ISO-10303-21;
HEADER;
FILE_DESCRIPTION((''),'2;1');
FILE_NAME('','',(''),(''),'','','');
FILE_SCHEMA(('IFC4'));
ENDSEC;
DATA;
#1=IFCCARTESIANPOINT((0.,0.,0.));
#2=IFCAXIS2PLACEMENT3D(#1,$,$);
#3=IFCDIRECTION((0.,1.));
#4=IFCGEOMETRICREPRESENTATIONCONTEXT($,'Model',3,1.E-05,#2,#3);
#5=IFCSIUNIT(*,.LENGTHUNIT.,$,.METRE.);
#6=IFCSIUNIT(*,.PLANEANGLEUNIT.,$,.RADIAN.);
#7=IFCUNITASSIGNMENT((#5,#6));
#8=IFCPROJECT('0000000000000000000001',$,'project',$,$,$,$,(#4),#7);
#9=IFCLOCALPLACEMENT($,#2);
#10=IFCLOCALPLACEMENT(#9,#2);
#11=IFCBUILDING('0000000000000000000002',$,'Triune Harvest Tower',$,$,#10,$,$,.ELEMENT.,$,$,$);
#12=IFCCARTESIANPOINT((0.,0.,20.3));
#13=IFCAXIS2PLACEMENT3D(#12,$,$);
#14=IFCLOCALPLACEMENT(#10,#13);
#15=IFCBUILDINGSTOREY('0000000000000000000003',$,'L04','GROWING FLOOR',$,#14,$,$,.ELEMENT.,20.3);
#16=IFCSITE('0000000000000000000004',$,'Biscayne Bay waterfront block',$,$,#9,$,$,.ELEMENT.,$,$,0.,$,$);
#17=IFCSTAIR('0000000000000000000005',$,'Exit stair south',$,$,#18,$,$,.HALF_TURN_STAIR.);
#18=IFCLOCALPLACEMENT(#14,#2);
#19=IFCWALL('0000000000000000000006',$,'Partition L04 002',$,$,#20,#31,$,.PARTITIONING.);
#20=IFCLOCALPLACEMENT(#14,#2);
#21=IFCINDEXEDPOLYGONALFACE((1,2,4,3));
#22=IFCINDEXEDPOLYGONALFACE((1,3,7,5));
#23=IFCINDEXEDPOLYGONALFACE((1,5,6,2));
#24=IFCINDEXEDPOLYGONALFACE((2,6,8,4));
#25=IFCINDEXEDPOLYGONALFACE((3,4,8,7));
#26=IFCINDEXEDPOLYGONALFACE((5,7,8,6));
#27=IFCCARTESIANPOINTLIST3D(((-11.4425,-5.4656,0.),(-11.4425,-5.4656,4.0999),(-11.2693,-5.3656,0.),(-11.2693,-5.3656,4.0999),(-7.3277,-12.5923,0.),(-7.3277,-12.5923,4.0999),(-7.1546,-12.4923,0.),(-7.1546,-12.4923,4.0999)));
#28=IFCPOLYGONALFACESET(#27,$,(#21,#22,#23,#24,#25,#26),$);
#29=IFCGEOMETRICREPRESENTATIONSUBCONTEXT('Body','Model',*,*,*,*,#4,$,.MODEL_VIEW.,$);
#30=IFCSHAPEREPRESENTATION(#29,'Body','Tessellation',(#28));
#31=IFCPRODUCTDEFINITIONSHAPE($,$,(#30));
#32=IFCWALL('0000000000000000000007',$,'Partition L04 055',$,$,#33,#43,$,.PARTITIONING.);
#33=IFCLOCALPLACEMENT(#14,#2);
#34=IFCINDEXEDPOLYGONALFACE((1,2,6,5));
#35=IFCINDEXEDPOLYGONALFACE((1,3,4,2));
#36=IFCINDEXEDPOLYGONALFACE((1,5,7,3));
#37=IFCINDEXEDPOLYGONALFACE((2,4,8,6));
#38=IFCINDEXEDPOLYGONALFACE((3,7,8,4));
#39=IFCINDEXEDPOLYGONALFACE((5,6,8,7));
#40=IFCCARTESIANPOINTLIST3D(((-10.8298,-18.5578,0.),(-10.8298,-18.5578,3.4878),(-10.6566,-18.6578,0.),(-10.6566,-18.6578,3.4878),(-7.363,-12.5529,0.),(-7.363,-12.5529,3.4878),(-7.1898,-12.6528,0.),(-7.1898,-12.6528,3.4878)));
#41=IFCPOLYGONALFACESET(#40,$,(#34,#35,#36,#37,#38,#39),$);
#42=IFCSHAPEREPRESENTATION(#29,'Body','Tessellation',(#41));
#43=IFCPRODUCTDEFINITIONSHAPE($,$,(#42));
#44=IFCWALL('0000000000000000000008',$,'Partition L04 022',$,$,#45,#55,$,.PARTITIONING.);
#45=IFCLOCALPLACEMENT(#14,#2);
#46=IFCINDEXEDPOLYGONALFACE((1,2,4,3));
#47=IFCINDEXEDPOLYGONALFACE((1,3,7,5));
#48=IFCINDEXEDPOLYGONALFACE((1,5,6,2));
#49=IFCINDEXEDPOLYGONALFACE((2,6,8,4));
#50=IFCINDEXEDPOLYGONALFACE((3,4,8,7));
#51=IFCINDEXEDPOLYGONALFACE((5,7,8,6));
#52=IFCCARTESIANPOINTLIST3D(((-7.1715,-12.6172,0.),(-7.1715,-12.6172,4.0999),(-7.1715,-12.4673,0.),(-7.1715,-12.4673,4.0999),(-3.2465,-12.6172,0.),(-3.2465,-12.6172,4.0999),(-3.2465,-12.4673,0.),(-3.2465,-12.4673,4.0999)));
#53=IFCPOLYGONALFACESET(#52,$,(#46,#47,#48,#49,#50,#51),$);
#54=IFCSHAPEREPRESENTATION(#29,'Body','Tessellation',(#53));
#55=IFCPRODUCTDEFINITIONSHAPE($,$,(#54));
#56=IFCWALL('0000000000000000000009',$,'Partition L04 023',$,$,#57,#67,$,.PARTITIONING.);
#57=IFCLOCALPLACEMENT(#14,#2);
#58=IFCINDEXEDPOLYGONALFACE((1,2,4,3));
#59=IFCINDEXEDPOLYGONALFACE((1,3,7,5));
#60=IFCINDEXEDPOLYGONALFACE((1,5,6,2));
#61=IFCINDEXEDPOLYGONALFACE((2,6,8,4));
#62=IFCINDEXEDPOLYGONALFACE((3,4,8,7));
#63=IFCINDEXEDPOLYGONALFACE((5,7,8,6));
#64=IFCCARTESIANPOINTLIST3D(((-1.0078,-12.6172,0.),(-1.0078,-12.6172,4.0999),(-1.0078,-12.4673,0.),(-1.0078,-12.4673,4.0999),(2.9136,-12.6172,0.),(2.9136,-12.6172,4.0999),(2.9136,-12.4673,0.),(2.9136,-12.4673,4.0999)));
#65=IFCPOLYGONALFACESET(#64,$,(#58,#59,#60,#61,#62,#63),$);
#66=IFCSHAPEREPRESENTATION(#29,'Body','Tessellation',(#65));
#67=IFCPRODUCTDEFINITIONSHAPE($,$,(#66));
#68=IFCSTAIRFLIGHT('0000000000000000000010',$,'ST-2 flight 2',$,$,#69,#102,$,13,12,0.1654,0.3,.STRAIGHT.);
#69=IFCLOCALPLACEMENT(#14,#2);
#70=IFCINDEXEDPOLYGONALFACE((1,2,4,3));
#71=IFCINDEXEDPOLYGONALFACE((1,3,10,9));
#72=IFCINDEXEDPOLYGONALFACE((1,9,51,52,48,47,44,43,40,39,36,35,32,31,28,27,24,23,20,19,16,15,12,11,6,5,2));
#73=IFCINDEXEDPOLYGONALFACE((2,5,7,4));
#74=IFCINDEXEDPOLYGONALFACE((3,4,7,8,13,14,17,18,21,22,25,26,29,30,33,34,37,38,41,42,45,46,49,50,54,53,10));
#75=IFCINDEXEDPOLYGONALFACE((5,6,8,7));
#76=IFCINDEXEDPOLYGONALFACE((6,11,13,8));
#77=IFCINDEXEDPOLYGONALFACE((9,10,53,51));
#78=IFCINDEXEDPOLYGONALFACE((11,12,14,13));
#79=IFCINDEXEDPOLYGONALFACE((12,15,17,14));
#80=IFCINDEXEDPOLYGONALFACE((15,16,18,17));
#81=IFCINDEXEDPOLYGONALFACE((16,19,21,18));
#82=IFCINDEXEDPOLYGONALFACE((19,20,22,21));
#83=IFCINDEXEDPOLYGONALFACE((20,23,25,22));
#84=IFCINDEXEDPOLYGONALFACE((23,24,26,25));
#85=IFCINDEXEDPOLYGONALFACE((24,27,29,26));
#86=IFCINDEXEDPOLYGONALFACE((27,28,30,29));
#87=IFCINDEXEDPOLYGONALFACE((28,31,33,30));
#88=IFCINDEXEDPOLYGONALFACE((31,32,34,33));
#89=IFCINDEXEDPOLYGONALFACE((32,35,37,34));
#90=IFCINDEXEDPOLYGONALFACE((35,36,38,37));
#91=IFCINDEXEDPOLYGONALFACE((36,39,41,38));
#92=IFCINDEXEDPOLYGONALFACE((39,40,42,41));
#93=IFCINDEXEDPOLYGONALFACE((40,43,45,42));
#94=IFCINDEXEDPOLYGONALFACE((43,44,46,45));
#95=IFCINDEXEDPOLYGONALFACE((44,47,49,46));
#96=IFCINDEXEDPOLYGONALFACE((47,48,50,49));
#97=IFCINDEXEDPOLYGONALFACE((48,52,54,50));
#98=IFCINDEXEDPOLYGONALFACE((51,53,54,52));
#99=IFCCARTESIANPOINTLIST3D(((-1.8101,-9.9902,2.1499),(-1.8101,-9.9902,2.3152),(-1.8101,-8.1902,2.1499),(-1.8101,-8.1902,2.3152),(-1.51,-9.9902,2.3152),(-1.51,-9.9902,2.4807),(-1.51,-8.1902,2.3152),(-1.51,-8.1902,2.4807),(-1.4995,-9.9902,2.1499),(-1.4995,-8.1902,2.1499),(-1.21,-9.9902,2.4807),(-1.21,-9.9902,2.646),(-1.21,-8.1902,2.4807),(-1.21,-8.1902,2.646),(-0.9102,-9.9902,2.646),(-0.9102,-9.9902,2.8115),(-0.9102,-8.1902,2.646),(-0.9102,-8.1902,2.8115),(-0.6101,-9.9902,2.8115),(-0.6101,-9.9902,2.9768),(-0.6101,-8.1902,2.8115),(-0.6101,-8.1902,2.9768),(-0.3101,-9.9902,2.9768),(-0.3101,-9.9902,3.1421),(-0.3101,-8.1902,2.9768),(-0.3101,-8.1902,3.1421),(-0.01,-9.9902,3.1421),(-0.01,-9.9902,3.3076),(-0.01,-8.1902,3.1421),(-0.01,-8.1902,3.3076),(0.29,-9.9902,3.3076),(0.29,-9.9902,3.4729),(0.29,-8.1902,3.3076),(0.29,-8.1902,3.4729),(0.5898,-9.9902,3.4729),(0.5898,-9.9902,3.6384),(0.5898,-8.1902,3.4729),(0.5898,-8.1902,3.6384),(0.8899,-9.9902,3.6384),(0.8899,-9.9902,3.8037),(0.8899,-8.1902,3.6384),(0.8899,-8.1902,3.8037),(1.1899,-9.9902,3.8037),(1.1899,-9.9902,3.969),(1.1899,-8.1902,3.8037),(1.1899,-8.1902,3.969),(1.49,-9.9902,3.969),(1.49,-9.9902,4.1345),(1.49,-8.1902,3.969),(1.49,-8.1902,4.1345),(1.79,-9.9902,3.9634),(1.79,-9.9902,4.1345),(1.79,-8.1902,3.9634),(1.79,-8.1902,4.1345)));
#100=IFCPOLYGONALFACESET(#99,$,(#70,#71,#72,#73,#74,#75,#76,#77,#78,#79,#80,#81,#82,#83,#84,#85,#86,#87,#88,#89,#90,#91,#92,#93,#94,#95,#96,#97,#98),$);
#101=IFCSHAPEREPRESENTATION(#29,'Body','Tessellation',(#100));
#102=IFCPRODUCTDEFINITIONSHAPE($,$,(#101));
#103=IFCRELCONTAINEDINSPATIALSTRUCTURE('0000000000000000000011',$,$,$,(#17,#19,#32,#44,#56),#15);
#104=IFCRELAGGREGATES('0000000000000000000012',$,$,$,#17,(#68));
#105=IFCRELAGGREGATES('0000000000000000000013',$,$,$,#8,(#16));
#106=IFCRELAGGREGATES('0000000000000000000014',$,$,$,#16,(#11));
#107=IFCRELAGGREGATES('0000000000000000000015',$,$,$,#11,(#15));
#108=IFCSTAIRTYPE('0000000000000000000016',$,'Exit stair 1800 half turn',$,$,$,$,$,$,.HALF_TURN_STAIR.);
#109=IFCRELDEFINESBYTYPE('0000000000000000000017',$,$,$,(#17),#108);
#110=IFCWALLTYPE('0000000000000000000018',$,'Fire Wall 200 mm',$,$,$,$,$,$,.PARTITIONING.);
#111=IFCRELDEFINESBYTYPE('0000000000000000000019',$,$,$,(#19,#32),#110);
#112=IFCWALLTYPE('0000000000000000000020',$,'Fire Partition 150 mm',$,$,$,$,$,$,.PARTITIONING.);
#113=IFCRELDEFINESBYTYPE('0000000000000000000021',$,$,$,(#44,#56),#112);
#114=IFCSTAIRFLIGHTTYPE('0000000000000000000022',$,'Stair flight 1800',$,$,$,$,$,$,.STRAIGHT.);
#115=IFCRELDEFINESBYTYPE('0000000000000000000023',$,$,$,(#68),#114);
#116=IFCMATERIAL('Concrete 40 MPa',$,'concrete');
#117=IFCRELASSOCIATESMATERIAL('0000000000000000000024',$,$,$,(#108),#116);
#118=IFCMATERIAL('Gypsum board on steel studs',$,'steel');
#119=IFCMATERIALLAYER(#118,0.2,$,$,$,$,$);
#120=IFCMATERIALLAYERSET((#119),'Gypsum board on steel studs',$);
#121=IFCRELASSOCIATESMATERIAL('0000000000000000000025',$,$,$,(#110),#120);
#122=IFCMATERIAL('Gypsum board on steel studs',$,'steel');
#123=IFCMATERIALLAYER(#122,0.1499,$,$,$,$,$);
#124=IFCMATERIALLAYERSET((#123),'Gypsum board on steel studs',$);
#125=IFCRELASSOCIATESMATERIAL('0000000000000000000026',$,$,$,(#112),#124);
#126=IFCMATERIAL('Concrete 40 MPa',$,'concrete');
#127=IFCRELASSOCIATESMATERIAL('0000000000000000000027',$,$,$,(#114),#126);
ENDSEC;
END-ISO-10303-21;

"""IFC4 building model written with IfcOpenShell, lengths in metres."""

from ifc_helpers import new_model, si_unit, direction, frame, frame_2d, origin, place, context, subcontext, project, spatial, polyline, rectangle, outline, extrude, source, transform, mapped, material, layer, layer_set, type_object, element, aggregate, save


model = new_model("IFC4")

# Units and contexts
model_context = context("Model", 3, precision=1e-05, world=origin(), true_north=direction((0.0, 1.0)))
body_context = subcontext(model_context, "Body", "Model", "MODEL_VIEW")
ifc_project = project(units=[si_unit("LENGTHUNIT", "METRE"), si_unit("PLANEANGLEUNIT", "RADIAN")], contexts=[model_context])

# Site, building, storey
site_placement = place(None, origin())
site = spatial("IfcSite", under=ifc_project, at=site_placement, Name="Biscayne Bay waterfront block", CompositionType="ELEMENT", RefElevation=0.0)
building_placement = place(site_placement, origin())
building = spatial("IfcBuilding", under=site, at=building_placement, Name="Triune Harvest Tower", CompositionType="ELEMENT")
storey_placement = place(building_placement, frame((0.0, 0.0, 20.3)))
storey = spatial("IfcBuildingStorey", under=building, at=storey_placement, Name="L04", Description="GROWING FLOOR", CompositionType="ELEMENT", Elevation=20.3)

# Stair
ifc_material_1 = material(Name="Concrete 40 MPa", Category="concrete")
stair_type = type_object("IfcStairType", Name="Exit stair 1800 half turn", PredefinedType="HALF_TURN_STAIR", material=ifc_material_1)
stair_1_placement = place(storey_placement, origin())
stair_1 = element("IfcStair", 1, at=stair_1_placement, inside=storey, type_object=stair_type, Name="Exit stair south", PredefinedType="HALF_TURN_STAIR")

# Walls
ifc_material_2 = material(Name="Gypsum board on steel studs", Category="steel")
ifc_layer_1 = layer(ifc_material_2, 0.2)
ifc_layer_set_1 = layer_set([ifc_layer_1], Name="Gypsum board on steel studs")
wall_type_1 = type_object("IfcWallType", Name="Fire Wall 200 mm", PredefinedType="PARTITIONING", material=ifc_layer_set_1)
shared_shape_1 = source(origin(), body_context, "Body", "SweptSolid", [
    extrude(rectangle(XDim=8.2292, YDim=0.2, at=frame_2d((4.1147, 0.0))), origin(), (0.0, 0.0, 1.0), 4.0999),
])
wall_1_placement = place(storey_placement, frame((-11.356, -5.4155, 0.0), z_axis=(0.0, 0.0, 1.0), x_axis=(0.500013, -0.866018, 0.0)))
element("IfcWall", 2, at=wall_1_placement, inside=storey, type_object=wall_type_1, Name="Partition L04 002", PredefinedType="PARTITIONING", context=body_context, shape_type="MappedRepresentation", body=[
    mapped(shared_shape_1, transform((0.0, 0.0, 0.0), scale=1.0)),
])
shared_shape_2 = source(origin(), body_context, "Body", "SweptSolid", [
    extrude(rectangle(XDim=6.9338, YDim=0.2, at=frame_2d((3.4668, 0.0))), origin(), (0.0, 0.0, 1.0), 3.4878),
])
wall_2_placement = place(storey_placement, frame((-10.7432, -18.6077, 0.0), z_axis=(0.0, 0.0, 1.0), x_axis=(0.499987, 0.866033, 0.0)))
element("IfcWall", 3, at=wall_2_placement, inside=storey, type_object=wall_type_1, Name="Partition L04 055", PredefinedType="PARTITIONING", context=body_context, shape_type="MappedRepresentation", body=[
    mapped(shared_shape_2, transform((0.0, 0.0, 0.0), scale=1.0)),
])
ifc_material_3 = material(Name="Gypsum board on steel studs", Category="steel")
ifc_layer_2 = layer(ifc_material_3, 0.1499)
ifc_layer_set_2 = layer_set([ifc_layer_2], Name="Gypsum board on steel studs")
wall_type_2 = type_object("IfcWallType", Name="Fire Partition 150 mm", PredefinedType="PARTITIONING", material=ifc_layer_set_2)
shared_shape_3 = source(origin(), body_context, "Body", "SweptSolid", [
    extrude(rectangle(XDim=3.925, YDim=0.1499, at=frame_2d((1.9624, 0.0))), origin(), (0.0, 0.0, 1.0), 4.0999),
])
wall_3_placement = place(storey_placement, frame((-7.1714, -12.5422, 0.0), z_axis=(0.0, 0.0, 1.0), x_axis=(1.0, 0.0, 0.0)))
element("IfcWall", 4, at=wall_3_placement, inside=storey, type_object=wall_type_2, Name="Partition L04 022", PredefinedType="PARTITIONING", context=body_context, shape_type="MappedRepresentation", body=[
    mapped(shared_shape_3, transform((0.0, 0.0, 0.0), scale=1.0)),
])
shared_shape_4 = source(origin(), body_context, "Body", "SweptSolid", [
    extrude(rectangle(XDim=3.9214, YDim=0.1499, at=frame_2d((1.9607, 0.0))), origin(), (0.0, 0.0, 1.0), 4.0999),
])
wall_4_placement = place(storey_placement, frame((-1.0078, -12.5422, 0.0), z_axis=(0.0, 0.0, 1.0), x_axis=(1.0, 0.0, 0.0)))
element("IfcWall", 5, at=wall_4_placement, inside=storey, type_object=wall_type_2, Name="Partition L04 023", PredefinedType="PARTITIONING", context=body_context, shape_type="MappedRepresentation", body=[
    mapped(shared_shape_4, transform((0.0, 0.0, 0.0), scale=1.0)),
])

# Stair flight
ifc_material_4 = material(Name="Concrete 40 MPa", Category="concrete")
stair_flight_type = type_object("IfcStairFlightType", Name="Stair flight 1800", PredefinedType="STRAIGHT", material=ifc_material_4)
shared_shape_5 = source(origin(), body_context, "Body", "SweptSolid", [
    extrude(outline(polyline([(0.0, 0.0), (0.0, 0.1653), (0.3, 0.1653), (0.3, 0.3308), (0.6001, 0.3308), (0.6001, 0.4961), (0.8999, 0.4961), (0.8999, 0.6616), (1.2, 0.6616), (1.2, 0.8269), (1.5, 0.8269), (1.5, 0.9922), (1.8, 0.9922), (1.8, 1.1577), (2.1001, 1.1577), (2.1001, 1.323), (2.3999, 1.323), (2.3999, 1.4885), (2.7, 1.4885), (2.7, 1.6538), (3.0, 1.6538), (3.0, 1.8191), (3.3, 1.8191), (3.3, 1.9846), (3.6001, 1.9846), (3.6001, 2.1499), (3.6001, 1.8135), (0.3105, 0.0), (0.0, 0.0)])), frame((0.0, 0.8999, 0.0), z_axis=(0.0, -1.0, 0.0), x_axis=(1.0, 0.0, 0.0)), (0.0, 0.0, 1.0), 1.8),
])
stair_flight_placement = place(storey_placement, frame((-1.8101, -9.0901, 2.1499), z_axis=(0.0, 0.0, 1.0), x_axis=(1.0, 0.0, 0.0)))
stair_flight = element("IfcStairFlight", 6, at=stair_flight_placement, type_object=stair_flight_type, Name="ST-2 flight 2", NumberOfRisers=13, NumberOfTreads=12, PredefinedType="STRAIGHT", RiserHeight=0.1654, TreadLength=0.3, context=body_context, shape_type="MappedRepresentation", body=[
    mapped(shared_shape_5, transform((0.0, 0.0, 0.0), scale=1.0)),
])
aggregate(stair_1, [stair_flight])

save(model, "model.ifc")
